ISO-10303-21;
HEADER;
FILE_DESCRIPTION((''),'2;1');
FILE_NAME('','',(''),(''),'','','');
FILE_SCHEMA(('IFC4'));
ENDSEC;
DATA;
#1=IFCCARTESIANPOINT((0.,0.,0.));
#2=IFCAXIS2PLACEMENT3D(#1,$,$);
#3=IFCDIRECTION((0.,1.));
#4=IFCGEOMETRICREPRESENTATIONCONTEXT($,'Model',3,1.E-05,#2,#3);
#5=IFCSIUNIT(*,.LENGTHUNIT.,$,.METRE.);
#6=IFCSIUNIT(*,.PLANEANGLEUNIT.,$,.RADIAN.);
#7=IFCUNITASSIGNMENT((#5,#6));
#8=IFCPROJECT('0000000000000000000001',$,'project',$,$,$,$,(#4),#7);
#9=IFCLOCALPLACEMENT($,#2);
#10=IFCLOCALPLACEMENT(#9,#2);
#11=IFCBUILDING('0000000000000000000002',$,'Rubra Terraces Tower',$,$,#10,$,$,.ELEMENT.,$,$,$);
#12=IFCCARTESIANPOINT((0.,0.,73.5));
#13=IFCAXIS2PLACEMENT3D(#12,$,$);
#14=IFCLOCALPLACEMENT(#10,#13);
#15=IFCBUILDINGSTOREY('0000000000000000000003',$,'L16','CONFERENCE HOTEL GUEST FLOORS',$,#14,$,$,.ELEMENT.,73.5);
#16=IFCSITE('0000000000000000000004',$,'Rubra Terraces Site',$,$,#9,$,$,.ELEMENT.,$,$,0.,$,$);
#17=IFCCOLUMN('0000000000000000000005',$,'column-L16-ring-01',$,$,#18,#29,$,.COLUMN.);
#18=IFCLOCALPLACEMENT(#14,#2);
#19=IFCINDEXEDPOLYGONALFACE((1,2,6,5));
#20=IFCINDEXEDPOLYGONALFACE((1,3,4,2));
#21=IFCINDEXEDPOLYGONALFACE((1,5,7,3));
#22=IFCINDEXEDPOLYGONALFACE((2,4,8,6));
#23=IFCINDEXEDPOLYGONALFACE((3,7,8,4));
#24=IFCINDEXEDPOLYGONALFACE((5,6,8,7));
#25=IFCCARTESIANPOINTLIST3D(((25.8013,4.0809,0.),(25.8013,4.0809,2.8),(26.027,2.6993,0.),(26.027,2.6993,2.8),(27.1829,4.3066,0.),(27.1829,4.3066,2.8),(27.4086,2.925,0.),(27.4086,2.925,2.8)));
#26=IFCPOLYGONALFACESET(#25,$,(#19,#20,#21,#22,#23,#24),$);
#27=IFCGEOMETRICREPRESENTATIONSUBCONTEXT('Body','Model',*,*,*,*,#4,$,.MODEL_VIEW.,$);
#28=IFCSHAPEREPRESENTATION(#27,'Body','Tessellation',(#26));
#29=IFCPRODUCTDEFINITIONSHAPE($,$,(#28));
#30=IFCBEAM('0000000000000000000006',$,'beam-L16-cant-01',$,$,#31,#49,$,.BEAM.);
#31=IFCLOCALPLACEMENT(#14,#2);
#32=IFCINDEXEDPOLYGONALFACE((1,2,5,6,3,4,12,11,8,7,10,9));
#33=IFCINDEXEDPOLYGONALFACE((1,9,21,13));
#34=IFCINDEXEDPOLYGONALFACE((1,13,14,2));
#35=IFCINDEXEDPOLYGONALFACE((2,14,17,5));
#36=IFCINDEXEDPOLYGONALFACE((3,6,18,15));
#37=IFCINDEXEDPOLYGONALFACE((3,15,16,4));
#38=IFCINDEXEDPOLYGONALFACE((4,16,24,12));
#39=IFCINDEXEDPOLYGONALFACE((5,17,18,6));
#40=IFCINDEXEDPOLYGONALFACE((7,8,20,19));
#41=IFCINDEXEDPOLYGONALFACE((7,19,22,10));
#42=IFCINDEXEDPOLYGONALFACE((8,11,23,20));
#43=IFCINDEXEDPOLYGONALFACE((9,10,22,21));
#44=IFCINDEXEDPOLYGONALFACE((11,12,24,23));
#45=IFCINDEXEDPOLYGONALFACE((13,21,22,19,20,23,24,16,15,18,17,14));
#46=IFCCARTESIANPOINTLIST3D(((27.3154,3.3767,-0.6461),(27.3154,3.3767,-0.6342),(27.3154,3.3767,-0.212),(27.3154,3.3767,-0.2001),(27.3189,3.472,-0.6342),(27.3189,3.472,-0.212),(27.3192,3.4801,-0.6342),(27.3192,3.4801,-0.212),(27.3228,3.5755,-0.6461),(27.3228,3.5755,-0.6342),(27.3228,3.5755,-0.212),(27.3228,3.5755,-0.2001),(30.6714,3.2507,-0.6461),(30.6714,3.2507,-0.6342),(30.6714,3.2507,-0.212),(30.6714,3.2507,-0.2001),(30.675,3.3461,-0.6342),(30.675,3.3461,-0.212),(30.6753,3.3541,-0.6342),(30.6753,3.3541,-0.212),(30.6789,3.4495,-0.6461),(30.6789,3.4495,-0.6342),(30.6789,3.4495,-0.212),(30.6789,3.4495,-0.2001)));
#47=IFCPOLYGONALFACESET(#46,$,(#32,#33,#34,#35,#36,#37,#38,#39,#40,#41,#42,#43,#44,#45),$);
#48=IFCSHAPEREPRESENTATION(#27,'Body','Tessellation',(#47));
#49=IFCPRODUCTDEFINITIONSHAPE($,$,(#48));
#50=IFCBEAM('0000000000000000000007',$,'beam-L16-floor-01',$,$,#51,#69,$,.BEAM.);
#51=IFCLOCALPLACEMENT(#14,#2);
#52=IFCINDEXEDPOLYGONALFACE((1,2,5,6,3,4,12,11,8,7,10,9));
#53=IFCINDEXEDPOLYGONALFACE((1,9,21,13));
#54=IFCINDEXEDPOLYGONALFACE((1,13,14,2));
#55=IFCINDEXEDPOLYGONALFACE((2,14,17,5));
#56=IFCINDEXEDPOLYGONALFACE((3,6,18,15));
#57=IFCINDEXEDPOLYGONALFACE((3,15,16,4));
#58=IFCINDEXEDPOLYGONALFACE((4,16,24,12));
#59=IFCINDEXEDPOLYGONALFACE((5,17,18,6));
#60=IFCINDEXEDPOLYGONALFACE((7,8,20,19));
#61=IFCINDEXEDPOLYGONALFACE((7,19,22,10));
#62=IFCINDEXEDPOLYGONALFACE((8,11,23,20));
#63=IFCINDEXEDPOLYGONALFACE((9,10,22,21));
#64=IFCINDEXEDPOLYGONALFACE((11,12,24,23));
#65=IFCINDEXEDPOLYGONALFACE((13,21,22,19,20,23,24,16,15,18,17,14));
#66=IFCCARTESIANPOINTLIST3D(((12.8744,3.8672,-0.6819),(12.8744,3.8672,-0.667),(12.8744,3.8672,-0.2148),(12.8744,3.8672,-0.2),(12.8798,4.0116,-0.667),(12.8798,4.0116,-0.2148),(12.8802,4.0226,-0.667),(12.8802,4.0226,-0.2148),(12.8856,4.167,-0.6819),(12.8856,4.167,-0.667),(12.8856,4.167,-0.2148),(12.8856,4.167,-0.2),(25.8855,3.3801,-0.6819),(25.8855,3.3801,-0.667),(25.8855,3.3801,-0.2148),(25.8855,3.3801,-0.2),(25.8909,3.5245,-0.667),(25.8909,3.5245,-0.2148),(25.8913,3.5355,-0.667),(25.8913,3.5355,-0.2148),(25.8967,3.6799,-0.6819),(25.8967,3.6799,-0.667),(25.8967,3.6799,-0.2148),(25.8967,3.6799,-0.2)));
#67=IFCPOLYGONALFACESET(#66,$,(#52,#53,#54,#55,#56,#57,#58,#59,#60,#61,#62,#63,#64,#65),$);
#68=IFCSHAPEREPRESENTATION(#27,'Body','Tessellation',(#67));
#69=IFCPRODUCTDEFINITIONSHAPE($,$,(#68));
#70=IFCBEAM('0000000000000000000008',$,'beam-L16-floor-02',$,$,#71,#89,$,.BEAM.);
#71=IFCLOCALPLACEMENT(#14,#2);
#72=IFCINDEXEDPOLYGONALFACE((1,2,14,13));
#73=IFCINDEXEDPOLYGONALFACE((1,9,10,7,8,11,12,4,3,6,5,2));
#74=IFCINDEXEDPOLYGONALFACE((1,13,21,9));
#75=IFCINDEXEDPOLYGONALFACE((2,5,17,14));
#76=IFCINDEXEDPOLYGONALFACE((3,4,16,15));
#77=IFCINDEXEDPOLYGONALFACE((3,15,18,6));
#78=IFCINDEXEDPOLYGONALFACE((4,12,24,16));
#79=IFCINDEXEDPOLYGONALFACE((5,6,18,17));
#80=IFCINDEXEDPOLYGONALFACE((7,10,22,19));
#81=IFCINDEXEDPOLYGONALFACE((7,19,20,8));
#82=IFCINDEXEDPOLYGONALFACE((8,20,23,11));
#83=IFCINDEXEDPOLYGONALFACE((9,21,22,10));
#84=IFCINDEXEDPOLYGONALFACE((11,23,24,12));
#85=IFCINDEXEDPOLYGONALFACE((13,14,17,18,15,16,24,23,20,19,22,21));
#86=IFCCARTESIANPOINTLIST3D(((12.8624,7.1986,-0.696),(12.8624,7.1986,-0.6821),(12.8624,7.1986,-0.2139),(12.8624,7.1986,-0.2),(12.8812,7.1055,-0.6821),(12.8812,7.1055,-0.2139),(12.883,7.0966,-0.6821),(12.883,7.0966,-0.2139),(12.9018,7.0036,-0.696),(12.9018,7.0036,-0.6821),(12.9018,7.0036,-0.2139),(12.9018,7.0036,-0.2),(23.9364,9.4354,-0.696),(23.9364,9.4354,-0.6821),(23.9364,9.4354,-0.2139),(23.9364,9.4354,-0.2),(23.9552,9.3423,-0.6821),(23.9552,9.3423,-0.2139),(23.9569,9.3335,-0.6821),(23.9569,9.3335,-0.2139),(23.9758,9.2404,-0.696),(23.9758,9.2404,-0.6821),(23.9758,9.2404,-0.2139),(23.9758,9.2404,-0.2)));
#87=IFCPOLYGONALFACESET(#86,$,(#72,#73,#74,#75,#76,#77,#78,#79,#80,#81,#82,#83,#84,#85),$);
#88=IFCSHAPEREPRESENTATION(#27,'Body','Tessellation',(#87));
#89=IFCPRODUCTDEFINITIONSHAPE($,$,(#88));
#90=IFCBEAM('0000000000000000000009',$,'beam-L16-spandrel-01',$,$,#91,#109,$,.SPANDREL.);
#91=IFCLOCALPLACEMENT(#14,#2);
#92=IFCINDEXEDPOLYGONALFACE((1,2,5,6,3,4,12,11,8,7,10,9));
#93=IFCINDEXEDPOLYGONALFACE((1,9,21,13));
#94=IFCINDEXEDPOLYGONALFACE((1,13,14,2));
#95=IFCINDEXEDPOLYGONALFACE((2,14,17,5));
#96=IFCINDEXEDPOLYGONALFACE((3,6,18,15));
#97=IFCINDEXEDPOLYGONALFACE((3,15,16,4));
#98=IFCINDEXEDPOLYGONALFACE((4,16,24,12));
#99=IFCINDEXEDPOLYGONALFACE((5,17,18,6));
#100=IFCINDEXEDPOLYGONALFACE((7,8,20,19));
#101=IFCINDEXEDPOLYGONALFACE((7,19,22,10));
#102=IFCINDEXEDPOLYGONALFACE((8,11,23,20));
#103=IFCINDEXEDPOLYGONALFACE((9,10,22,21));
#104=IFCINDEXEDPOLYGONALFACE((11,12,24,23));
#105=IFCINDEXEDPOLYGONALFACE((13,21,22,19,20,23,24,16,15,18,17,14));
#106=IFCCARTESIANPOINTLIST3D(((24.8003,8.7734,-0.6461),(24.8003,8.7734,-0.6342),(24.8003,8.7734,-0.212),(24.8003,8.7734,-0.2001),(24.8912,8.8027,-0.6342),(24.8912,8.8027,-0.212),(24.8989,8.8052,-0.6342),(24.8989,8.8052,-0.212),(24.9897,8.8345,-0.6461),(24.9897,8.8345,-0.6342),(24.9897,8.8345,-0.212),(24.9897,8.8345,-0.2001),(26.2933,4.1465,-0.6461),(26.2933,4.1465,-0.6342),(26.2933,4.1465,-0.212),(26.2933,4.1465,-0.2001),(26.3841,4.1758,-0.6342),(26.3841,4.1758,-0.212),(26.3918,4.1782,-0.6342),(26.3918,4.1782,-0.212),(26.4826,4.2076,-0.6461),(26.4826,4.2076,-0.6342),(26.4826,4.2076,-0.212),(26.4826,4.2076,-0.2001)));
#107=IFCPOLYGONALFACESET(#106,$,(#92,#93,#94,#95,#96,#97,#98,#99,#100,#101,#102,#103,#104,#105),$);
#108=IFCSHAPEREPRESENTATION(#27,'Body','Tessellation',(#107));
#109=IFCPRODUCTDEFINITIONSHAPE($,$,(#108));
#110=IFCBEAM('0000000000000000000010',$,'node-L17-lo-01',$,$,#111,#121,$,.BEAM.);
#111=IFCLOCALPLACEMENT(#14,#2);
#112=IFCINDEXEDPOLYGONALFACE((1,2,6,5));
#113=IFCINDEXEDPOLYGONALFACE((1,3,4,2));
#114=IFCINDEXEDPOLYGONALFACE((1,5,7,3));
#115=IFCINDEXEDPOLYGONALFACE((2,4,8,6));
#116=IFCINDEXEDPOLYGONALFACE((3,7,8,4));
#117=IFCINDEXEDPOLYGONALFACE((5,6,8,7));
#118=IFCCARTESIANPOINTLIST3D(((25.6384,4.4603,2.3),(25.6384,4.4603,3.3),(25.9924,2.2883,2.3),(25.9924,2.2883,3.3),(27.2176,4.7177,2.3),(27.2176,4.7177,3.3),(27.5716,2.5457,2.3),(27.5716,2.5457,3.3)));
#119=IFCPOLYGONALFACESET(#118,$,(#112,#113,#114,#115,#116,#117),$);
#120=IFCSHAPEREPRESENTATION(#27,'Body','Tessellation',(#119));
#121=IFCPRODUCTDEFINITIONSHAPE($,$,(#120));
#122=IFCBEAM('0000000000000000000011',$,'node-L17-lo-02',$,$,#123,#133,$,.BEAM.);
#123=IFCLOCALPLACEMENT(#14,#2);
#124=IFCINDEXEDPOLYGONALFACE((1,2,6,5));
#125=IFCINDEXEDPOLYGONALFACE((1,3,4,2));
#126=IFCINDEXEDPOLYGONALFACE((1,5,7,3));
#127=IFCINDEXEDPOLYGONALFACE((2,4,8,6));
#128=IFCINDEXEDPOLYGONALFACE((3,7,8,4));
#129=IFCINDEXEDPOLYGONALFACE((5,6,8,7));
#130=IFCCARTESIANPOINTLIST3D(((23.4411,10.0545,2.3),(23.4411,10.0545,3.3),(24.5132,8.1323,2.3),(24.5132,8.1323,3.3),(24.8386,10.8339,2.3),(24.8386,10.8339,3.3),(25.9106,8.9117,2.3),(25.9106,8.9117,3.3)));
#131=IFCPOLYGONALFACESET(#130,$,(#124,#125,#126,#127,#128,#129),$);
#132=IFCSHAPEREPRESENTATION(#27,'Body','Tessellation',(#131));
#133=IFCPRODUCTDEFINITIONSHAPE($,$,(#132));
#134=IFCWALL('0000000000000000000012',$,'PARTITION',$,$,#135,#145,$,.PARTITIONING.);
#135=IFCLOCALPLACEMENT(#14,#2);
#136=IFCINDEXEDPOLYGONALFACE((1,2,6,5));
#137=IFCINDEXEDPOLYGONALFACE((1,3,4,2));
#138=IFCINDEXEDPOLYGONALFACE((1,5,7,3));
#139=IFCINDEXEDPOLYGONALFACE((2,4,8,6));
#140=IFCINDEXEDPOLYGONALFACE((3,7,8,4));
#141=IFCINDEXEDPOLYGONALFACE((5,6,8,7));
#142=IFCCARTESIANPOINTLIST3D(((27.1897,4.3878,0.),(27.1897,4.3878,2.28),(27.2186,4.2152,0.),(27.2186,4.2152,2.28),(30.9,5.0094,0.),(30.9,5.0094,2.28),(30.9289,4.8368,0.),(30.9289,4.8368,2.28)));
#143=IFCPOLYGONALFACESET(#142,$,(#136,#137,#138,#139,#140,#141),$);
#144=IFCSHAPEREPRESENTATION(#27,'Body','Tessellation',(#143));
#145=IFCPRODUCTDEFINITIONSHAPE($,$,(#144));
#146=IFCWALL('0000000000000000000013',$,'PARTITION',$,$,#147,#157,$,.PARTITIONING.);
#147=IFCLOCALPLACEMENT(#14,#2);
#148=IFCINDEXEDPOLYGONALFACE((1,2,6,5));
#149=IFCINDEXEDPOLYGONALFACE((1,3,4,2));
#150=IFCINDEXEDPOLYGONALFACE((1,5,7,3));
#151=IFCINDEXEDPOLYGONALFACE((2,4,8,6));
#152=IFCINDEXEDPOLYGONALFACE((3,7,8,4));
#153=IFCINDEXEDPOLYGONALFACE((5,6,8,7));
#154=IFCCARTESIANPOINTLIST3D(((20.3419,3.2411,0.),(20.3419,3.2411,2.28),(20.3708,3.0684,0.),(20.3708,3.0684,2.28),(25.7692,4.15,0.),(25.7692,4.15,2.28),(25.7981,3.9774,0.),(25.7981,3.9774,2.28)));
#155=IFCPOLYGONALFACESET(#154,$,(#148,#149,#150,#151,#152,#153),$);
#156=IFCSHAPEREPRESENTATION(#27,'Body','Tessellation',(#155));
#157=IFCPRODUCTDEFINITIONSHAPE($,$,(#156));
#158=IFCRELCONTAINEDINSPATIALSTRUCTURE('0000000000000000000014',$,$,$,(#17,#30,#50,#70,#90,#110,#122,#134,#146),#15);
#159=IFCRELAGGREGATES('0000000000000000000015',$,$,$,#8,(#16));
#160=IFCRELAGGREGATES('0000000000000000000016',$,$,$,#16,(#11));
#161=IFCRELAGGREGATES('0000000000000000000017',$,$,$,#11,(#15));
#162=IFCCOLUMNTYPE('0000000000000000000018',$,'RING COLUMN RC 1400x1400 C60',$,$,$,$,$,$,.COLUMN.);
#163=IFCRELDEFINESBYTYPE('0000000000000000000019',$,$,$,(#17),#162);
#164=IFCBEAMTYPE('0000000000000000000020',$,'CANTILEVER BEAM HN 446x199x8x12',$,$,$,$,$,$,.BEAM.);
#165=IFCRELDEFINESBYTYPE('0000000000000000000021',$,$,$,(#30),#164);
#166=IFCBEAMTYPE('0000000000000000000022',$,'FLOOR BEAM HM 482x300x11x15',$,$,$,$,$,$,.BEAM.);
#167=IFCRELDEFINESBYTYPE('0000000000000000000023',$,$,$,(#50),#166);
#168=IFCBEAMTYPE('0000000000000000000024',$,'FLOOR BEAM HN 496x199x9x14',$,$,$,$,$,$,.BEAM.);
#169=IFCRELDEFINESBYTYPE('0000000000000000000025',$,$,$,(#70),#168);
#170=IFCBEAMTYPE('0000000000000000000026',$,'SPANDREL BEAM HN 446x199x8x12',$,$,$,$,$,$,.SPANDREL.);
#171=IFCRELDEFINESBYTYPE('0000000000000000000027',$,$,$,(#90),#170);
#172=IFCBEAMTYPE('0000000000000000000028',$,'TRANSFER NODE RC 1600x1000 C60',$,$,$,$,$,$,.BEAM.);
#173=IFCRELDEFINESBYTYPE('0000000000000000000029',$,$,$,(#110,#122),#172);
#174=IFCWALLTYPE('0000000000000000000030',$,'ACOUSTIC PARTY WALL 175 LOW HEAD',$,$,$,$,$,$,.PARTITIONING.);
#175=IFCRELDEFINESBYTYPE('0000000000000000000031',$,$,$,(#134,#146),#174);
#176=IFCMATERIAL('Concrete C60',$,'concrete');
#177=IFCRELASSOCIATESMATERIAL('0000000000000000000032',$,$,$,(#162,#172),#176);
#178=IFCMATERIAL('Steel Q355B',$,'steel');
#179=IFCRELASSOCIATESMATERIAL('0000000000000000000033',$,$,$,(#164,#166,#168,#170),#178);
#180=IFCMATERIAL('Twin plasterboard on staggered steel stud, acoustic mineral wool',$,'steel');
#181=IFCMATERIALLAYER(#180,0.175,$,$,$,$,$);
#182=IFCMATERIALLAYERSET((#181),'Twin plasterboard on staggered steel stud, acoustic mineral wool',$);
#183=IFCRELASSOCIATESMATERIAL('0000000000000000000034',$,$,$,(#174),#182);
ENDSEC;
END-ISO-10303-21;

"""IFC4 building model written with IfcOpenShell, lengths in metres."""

from ifc_helpers import new_model, si_unit, direction, frame, frame_2d, origin, origin_2d, place, context, subcontext, project, spatial, rectangle, i_section, extrude, material, layer, layer_set, material_profile, profile_set, type_object, element, save


model = new_model("IFC4")

# Units and contexts
model_context = context("Model", 3, precision=1e-05, world=origin(), true_north=direction((0.0, 1.0)))
body_context = subcontext(model_context, "Body", "Model", "MODEL_VIEW")
ifc_project = project(units=[si_unit("LENGTHUNIT", "METRE"), si_unit("PLANEANGLEUNIT", "RADIAN")], contexts=[model_context])

# Site, building, storey
site_placement = place(None, origin())
site = spatial("IfcSite", under=ifc_project, at=site_placement, Name="Rubra Terraces Site", CompositionType="ELEMENT", RefElevation=0.0)
building_placement = place(site_placement, origin())
building = spatial("IfcBuilding", under=site, at=building_placement, Name="Rubra Terraces Tower", CompositionType="ELEMENT")
storey_placement = place(building_placement, frame((0.0, 0.0, 73.5)))
storey = spatial("IfcBuildingStorey", under=building, at=storey_placement, Name="L16", Description="CONFERENCE HOTEL GUEST FLOORS", CompositionType="ELEMENT", Elevation=73.5)

# Column
ifc_material_1 = material(Name="Concrete C60", Category="concrete")
ifc_material_profile_1 = material_profile(ifc_material_1, rectangle(XDim=1.3999, YDim=1.3999, at=origin_2d()), Name="RC 1400x1400")
ifc_profile_set_1 = profile_set([ifc_material_profile_1], Name="Concrete C60")
column_type = type_object("IfcColumnType", Name="RING COLUMN RC 1400x1400 C60", PredefinedType="COLUMN", material=ifc_profile_set_1)
column_placement = place(storey_placement, frame((26.605, 3.5029, 0.0), z_axis=(0.0, 0.0, 1.0), x_axis=(-0.161234, 0.986916, 0.0)))
element("IfcColumn", 1, at=column_placement, inside=storey, type_object=column_type, Name="column-L16-ring-01", PredefinedType="COLUMN", context=body_context, shape_type="SweptSolid", body=[
    extrude(rectangle(XDim=1.3999, YDim=1.3999, at=origin_2d()), origin(), (0.0, 0.0, 1.0), 2.8),
])

# Beams
ifc_material_2 = material(Name="Steel Q355B", Category="steel")
ifc_material_profile_2 = material_profile(ifc_material_2, i_section(OverallWidth=0.199, OverallDepth=0.446, WebThickness=0.0081, FlangeThickness=0.012, at=origin_2d()), Name="HN 446x199x8x12")
ifc_profile_set_2 = profile_set([ifc_material_profile_2], Name="Steel Q355B")
beam_type_1 = type_object("IfcBeamType", Name="CANTILEVER BEAM HN 446x199x8x12", PredefinedType="BEAM", material=ifc_profile_set_2)
beam_1_placement = place(storey_placement, frame((27.3191, 3.4761, -0.4231), z_axis=(0.999296, -0.037512, 0.0), x_axis=(0.037512, 0.999296, 0.0)))
element("IfcBeam", 2, at=beam_1_placement, inside=storey, type_object=beam_type_1, Name="beam-L16-cant-01", PredefinedType="BEAM", context=body_context, shape_type="SweptSolid", body=[
    extrude(i_section(OverallWidth=0.199, OverallDepth=0.446, WebThickness=0.0081, FlangeThickness=0.012, at=origin_2d()), origin(), (0.0, 0.0, 1.0), 3.3584),
])
ifc_material_profile_3 = material_profile(ifc_material_2, i_section(OverallWidth=0.3, OverallDepth=0.4819, WebThickness=0.011, FlangeThickness=0.0149, at=origin_2d()), Name="HM 482x300x11x15")
ifc_profile_set_3 = profile_set([ifc_material_profile_3], Name="Steel Q355B")
beam_type_2 = type_object("IfcBeamType", Name="FLOOR BEAM HM 482x300x11x15", PredefinedType="BEAM", material=ifc_profile_set_3)
beam_2_placement = place(storey_placement, frame((25.8911, 3.53, -0.4409), z_axis=(-0.9993, 0.037408, 0.0), x_axis=(-0.037408, -0.9993, 0.0)))
element("IfcBeam", 3, at=beam_2_placement, inside=storey, type_object=beam_type_2, Name="beam-L16-floor-01", PredefinedType="BEAM", context=body_context, shape_type="SweptSolid", body=[
    extrude(i_section(OverallWidth=0.3, OverallDepth=0.4819, WebThickness=0.011, FlangeThickness=0.0149, at=origin_2d()), origin(), (0.0, 0.0, 1.0), 13.0203),
])
ifc_material_profile_4 = material_profile(ifc_material_2, i_section(OverallWidth=0.199, OverallDepth=0.4961, WebThickness=0.009, FlangeThickness=0.0139, at=origin_2d()), Name="HN 496x199x9x14")
ifc_profile_set_4 = profile_set([ifc_material_profile_4], Name="Steel Q355B")
beam_type_3 = type_object("IfcBeamType", Name="FLOOR BEAM HN 496x199x9x14", PredefinedType="BEAM", material=ifc_profile_set_4)
beam_3_placement = place(storey_placement, frame((23.9561, 9.3379, -0.448), z_axis=(-0.980204, -0.19799, 0.0), x_axis=(0.19799, -0.980204, 0.0)))
element("IfcBeam", 4, at=beam_3_placement, inside=storey, type_object=beam_type_3, Name="beam-L16-floor-02", PredefinedType="BEAM", context=body_context, shape_type="SweptSolid", body=[
    extrude(i_section(OverallWidth=0.199, OverallDepth=0.4961, WebThickness=0.009, FlangeThickness=0.0139, at=origin_2d()), origin(), (0.0, 0.0, 1.0), 11.2976),
])
ifc_material_profile_5 = material_profile(ifc_material_2, i_section(OverallWidth=0.199, OverallDepth=0.446, WebThickness=0.0081, FlangeThickness=0.012, at=origin_2d()), Name="HN 446x199x8x12")
ifc_profile_set_5 = profile_set([ifc_material_profile_5], Name="Steel Q355B")
beam_type_4 = type_object("IfcBeamType", Name="SPANDREL BEAM HN 446x199x8x12", PredefinedType="SPANDREL", material=ifc_profile_set_5)
beam_4_placement = place(storey_placement, frame((26.3879, 4.177, -0.4231), z_axis=(-0.307069, 0.951687, 0.0), x_axis=(-0.951687, -0.307069, 0.0)))
element("IfcBeam", 5, at=beam_4_placement, inside=storey, type_object=beam_type_4, Name="beam-L16-spandrel-01", PredefinedType="SPANDREL", context=body_context, shape_type="SweptSolid", body=[
    extrude(i_section(OverallWidth=0.199, OverallDepth=0.446, WebThickness=0.0081, FlangeThickness=0.012, at=origin_2d()), origin(), (0.0, 0.0, 1.0), 4.8618),
])
ifc_material_profile_6 = material_profile(ifc_material_1, rectangle(XDim=1.6001, YDim=1.0, at=origin_2d()), Name="RC 1600x1000")
ifc_profile_set_6 = profile_set([ifc_material_profile_6], Name="Concrete C60")
beam_type_5 = type_object("IfcBeamType", Name="TRANSFER NODE RC 1600x1000 C60", PredefinedType="BEAM", material=ifc_profile_set_6)
beam_5_placement = place(storey_placement, frame((26.782, 2.417, 2.8), z_axis=(-0.160854, 0.986978, 0.0), x_axis=(-0.986978, -0.160854, 0.0)))
element("IfcBeam", 6, at=beam_5_placement, inside=storey, type_object=beam_type_5, Name="node-L17-lo-01", PredefinedType="BEAM", context=body_context, shape_type="SweptSolid", body=[
    extrude(rectangle(XDim=1.6001, YDim=1.0, at=origin_2d()), origin(), (0.0, 0.0, 1.0), 2.2007),
])
beam_6_placement = place(storey_placement, frame((25.2119, 8.522, 2.8), z_axis=(-0.487093, 0.87335, 0.0), x_axis=(-0.87335, -0.487093, 0.0)))
element("IfcBeam", 7, at=beam_6_placement, inside=storey, type_object=beam_type_5, Name="node-L17-lo-02", PredefinedType="BEAM", context=body_context, shape_type="SweptSolid", body=[
    extrude(rectangle(XDim=1.6001, YDim=1.0, at=origin_2d()), origin(), (0.0, 0.0, 1.0), 2.2009),
])

# Walls
ifc_material_3 = material(Name="Twin plasterboard on staggered steel stud, acoustic mineral wool", Category="steel")
ifc_layer_1 = layer(ifc_material_3, 0.175)
ifc_layer_set_1 = layer_set([ifc_layer_1], Name="Twin plasterboard on staggered steel stud, acoustic mineral wool")
wall_type_1 = type_object("IfcWallType", Name="ACOUSTIC PARTY WALL 175 LOW HEAD", PredefinedType="PARTITIONING", material=ifc_layer_set_1)
wall_1_placement = place(storey_placement, frame((30.9143, 4.9231, 0.0), z_axis=(0.0, 0.0, 1.0), x_axis=(-0.986255, -0.16523, 0.0)))
element("IfcWall", 8, at=wall_1_placement, inside=storey, type_object=wall_type_1, Name="PARTITION", PredefinedType="PARTITIONING", context=body_context, shape_type="SweptSolid", body=[
    extrude(rectangle(XDim=3.762, YDim=0.175, at=frame_2d((1.8809, 0.0))), origin(), (0.0, 0.0, 1.0), 2.28),
])
wall_2_placement = place(storey_placement, frame((25.7837, 4.0637, 0.0), z_axis=(0.0, 0.0, 1.0), x_axis=(-0.986264, -0.165176, 0.0)))
element("IfcWall", 9, at=wall_2_placement, inside=storey, type_object=wall_type_1, Name="PARTITION", PredefinedType="PARTITIONING", context=body_context, shape_type="SweptSolid", body=[
    extrude(rectangle(XDim=5.5029, YDim=0.175, at=frame_2d((2.7515, 0.0))), origin(), (0.0, 0.0, 1.0), 2.28),
])

save(model, "model.ifc")
